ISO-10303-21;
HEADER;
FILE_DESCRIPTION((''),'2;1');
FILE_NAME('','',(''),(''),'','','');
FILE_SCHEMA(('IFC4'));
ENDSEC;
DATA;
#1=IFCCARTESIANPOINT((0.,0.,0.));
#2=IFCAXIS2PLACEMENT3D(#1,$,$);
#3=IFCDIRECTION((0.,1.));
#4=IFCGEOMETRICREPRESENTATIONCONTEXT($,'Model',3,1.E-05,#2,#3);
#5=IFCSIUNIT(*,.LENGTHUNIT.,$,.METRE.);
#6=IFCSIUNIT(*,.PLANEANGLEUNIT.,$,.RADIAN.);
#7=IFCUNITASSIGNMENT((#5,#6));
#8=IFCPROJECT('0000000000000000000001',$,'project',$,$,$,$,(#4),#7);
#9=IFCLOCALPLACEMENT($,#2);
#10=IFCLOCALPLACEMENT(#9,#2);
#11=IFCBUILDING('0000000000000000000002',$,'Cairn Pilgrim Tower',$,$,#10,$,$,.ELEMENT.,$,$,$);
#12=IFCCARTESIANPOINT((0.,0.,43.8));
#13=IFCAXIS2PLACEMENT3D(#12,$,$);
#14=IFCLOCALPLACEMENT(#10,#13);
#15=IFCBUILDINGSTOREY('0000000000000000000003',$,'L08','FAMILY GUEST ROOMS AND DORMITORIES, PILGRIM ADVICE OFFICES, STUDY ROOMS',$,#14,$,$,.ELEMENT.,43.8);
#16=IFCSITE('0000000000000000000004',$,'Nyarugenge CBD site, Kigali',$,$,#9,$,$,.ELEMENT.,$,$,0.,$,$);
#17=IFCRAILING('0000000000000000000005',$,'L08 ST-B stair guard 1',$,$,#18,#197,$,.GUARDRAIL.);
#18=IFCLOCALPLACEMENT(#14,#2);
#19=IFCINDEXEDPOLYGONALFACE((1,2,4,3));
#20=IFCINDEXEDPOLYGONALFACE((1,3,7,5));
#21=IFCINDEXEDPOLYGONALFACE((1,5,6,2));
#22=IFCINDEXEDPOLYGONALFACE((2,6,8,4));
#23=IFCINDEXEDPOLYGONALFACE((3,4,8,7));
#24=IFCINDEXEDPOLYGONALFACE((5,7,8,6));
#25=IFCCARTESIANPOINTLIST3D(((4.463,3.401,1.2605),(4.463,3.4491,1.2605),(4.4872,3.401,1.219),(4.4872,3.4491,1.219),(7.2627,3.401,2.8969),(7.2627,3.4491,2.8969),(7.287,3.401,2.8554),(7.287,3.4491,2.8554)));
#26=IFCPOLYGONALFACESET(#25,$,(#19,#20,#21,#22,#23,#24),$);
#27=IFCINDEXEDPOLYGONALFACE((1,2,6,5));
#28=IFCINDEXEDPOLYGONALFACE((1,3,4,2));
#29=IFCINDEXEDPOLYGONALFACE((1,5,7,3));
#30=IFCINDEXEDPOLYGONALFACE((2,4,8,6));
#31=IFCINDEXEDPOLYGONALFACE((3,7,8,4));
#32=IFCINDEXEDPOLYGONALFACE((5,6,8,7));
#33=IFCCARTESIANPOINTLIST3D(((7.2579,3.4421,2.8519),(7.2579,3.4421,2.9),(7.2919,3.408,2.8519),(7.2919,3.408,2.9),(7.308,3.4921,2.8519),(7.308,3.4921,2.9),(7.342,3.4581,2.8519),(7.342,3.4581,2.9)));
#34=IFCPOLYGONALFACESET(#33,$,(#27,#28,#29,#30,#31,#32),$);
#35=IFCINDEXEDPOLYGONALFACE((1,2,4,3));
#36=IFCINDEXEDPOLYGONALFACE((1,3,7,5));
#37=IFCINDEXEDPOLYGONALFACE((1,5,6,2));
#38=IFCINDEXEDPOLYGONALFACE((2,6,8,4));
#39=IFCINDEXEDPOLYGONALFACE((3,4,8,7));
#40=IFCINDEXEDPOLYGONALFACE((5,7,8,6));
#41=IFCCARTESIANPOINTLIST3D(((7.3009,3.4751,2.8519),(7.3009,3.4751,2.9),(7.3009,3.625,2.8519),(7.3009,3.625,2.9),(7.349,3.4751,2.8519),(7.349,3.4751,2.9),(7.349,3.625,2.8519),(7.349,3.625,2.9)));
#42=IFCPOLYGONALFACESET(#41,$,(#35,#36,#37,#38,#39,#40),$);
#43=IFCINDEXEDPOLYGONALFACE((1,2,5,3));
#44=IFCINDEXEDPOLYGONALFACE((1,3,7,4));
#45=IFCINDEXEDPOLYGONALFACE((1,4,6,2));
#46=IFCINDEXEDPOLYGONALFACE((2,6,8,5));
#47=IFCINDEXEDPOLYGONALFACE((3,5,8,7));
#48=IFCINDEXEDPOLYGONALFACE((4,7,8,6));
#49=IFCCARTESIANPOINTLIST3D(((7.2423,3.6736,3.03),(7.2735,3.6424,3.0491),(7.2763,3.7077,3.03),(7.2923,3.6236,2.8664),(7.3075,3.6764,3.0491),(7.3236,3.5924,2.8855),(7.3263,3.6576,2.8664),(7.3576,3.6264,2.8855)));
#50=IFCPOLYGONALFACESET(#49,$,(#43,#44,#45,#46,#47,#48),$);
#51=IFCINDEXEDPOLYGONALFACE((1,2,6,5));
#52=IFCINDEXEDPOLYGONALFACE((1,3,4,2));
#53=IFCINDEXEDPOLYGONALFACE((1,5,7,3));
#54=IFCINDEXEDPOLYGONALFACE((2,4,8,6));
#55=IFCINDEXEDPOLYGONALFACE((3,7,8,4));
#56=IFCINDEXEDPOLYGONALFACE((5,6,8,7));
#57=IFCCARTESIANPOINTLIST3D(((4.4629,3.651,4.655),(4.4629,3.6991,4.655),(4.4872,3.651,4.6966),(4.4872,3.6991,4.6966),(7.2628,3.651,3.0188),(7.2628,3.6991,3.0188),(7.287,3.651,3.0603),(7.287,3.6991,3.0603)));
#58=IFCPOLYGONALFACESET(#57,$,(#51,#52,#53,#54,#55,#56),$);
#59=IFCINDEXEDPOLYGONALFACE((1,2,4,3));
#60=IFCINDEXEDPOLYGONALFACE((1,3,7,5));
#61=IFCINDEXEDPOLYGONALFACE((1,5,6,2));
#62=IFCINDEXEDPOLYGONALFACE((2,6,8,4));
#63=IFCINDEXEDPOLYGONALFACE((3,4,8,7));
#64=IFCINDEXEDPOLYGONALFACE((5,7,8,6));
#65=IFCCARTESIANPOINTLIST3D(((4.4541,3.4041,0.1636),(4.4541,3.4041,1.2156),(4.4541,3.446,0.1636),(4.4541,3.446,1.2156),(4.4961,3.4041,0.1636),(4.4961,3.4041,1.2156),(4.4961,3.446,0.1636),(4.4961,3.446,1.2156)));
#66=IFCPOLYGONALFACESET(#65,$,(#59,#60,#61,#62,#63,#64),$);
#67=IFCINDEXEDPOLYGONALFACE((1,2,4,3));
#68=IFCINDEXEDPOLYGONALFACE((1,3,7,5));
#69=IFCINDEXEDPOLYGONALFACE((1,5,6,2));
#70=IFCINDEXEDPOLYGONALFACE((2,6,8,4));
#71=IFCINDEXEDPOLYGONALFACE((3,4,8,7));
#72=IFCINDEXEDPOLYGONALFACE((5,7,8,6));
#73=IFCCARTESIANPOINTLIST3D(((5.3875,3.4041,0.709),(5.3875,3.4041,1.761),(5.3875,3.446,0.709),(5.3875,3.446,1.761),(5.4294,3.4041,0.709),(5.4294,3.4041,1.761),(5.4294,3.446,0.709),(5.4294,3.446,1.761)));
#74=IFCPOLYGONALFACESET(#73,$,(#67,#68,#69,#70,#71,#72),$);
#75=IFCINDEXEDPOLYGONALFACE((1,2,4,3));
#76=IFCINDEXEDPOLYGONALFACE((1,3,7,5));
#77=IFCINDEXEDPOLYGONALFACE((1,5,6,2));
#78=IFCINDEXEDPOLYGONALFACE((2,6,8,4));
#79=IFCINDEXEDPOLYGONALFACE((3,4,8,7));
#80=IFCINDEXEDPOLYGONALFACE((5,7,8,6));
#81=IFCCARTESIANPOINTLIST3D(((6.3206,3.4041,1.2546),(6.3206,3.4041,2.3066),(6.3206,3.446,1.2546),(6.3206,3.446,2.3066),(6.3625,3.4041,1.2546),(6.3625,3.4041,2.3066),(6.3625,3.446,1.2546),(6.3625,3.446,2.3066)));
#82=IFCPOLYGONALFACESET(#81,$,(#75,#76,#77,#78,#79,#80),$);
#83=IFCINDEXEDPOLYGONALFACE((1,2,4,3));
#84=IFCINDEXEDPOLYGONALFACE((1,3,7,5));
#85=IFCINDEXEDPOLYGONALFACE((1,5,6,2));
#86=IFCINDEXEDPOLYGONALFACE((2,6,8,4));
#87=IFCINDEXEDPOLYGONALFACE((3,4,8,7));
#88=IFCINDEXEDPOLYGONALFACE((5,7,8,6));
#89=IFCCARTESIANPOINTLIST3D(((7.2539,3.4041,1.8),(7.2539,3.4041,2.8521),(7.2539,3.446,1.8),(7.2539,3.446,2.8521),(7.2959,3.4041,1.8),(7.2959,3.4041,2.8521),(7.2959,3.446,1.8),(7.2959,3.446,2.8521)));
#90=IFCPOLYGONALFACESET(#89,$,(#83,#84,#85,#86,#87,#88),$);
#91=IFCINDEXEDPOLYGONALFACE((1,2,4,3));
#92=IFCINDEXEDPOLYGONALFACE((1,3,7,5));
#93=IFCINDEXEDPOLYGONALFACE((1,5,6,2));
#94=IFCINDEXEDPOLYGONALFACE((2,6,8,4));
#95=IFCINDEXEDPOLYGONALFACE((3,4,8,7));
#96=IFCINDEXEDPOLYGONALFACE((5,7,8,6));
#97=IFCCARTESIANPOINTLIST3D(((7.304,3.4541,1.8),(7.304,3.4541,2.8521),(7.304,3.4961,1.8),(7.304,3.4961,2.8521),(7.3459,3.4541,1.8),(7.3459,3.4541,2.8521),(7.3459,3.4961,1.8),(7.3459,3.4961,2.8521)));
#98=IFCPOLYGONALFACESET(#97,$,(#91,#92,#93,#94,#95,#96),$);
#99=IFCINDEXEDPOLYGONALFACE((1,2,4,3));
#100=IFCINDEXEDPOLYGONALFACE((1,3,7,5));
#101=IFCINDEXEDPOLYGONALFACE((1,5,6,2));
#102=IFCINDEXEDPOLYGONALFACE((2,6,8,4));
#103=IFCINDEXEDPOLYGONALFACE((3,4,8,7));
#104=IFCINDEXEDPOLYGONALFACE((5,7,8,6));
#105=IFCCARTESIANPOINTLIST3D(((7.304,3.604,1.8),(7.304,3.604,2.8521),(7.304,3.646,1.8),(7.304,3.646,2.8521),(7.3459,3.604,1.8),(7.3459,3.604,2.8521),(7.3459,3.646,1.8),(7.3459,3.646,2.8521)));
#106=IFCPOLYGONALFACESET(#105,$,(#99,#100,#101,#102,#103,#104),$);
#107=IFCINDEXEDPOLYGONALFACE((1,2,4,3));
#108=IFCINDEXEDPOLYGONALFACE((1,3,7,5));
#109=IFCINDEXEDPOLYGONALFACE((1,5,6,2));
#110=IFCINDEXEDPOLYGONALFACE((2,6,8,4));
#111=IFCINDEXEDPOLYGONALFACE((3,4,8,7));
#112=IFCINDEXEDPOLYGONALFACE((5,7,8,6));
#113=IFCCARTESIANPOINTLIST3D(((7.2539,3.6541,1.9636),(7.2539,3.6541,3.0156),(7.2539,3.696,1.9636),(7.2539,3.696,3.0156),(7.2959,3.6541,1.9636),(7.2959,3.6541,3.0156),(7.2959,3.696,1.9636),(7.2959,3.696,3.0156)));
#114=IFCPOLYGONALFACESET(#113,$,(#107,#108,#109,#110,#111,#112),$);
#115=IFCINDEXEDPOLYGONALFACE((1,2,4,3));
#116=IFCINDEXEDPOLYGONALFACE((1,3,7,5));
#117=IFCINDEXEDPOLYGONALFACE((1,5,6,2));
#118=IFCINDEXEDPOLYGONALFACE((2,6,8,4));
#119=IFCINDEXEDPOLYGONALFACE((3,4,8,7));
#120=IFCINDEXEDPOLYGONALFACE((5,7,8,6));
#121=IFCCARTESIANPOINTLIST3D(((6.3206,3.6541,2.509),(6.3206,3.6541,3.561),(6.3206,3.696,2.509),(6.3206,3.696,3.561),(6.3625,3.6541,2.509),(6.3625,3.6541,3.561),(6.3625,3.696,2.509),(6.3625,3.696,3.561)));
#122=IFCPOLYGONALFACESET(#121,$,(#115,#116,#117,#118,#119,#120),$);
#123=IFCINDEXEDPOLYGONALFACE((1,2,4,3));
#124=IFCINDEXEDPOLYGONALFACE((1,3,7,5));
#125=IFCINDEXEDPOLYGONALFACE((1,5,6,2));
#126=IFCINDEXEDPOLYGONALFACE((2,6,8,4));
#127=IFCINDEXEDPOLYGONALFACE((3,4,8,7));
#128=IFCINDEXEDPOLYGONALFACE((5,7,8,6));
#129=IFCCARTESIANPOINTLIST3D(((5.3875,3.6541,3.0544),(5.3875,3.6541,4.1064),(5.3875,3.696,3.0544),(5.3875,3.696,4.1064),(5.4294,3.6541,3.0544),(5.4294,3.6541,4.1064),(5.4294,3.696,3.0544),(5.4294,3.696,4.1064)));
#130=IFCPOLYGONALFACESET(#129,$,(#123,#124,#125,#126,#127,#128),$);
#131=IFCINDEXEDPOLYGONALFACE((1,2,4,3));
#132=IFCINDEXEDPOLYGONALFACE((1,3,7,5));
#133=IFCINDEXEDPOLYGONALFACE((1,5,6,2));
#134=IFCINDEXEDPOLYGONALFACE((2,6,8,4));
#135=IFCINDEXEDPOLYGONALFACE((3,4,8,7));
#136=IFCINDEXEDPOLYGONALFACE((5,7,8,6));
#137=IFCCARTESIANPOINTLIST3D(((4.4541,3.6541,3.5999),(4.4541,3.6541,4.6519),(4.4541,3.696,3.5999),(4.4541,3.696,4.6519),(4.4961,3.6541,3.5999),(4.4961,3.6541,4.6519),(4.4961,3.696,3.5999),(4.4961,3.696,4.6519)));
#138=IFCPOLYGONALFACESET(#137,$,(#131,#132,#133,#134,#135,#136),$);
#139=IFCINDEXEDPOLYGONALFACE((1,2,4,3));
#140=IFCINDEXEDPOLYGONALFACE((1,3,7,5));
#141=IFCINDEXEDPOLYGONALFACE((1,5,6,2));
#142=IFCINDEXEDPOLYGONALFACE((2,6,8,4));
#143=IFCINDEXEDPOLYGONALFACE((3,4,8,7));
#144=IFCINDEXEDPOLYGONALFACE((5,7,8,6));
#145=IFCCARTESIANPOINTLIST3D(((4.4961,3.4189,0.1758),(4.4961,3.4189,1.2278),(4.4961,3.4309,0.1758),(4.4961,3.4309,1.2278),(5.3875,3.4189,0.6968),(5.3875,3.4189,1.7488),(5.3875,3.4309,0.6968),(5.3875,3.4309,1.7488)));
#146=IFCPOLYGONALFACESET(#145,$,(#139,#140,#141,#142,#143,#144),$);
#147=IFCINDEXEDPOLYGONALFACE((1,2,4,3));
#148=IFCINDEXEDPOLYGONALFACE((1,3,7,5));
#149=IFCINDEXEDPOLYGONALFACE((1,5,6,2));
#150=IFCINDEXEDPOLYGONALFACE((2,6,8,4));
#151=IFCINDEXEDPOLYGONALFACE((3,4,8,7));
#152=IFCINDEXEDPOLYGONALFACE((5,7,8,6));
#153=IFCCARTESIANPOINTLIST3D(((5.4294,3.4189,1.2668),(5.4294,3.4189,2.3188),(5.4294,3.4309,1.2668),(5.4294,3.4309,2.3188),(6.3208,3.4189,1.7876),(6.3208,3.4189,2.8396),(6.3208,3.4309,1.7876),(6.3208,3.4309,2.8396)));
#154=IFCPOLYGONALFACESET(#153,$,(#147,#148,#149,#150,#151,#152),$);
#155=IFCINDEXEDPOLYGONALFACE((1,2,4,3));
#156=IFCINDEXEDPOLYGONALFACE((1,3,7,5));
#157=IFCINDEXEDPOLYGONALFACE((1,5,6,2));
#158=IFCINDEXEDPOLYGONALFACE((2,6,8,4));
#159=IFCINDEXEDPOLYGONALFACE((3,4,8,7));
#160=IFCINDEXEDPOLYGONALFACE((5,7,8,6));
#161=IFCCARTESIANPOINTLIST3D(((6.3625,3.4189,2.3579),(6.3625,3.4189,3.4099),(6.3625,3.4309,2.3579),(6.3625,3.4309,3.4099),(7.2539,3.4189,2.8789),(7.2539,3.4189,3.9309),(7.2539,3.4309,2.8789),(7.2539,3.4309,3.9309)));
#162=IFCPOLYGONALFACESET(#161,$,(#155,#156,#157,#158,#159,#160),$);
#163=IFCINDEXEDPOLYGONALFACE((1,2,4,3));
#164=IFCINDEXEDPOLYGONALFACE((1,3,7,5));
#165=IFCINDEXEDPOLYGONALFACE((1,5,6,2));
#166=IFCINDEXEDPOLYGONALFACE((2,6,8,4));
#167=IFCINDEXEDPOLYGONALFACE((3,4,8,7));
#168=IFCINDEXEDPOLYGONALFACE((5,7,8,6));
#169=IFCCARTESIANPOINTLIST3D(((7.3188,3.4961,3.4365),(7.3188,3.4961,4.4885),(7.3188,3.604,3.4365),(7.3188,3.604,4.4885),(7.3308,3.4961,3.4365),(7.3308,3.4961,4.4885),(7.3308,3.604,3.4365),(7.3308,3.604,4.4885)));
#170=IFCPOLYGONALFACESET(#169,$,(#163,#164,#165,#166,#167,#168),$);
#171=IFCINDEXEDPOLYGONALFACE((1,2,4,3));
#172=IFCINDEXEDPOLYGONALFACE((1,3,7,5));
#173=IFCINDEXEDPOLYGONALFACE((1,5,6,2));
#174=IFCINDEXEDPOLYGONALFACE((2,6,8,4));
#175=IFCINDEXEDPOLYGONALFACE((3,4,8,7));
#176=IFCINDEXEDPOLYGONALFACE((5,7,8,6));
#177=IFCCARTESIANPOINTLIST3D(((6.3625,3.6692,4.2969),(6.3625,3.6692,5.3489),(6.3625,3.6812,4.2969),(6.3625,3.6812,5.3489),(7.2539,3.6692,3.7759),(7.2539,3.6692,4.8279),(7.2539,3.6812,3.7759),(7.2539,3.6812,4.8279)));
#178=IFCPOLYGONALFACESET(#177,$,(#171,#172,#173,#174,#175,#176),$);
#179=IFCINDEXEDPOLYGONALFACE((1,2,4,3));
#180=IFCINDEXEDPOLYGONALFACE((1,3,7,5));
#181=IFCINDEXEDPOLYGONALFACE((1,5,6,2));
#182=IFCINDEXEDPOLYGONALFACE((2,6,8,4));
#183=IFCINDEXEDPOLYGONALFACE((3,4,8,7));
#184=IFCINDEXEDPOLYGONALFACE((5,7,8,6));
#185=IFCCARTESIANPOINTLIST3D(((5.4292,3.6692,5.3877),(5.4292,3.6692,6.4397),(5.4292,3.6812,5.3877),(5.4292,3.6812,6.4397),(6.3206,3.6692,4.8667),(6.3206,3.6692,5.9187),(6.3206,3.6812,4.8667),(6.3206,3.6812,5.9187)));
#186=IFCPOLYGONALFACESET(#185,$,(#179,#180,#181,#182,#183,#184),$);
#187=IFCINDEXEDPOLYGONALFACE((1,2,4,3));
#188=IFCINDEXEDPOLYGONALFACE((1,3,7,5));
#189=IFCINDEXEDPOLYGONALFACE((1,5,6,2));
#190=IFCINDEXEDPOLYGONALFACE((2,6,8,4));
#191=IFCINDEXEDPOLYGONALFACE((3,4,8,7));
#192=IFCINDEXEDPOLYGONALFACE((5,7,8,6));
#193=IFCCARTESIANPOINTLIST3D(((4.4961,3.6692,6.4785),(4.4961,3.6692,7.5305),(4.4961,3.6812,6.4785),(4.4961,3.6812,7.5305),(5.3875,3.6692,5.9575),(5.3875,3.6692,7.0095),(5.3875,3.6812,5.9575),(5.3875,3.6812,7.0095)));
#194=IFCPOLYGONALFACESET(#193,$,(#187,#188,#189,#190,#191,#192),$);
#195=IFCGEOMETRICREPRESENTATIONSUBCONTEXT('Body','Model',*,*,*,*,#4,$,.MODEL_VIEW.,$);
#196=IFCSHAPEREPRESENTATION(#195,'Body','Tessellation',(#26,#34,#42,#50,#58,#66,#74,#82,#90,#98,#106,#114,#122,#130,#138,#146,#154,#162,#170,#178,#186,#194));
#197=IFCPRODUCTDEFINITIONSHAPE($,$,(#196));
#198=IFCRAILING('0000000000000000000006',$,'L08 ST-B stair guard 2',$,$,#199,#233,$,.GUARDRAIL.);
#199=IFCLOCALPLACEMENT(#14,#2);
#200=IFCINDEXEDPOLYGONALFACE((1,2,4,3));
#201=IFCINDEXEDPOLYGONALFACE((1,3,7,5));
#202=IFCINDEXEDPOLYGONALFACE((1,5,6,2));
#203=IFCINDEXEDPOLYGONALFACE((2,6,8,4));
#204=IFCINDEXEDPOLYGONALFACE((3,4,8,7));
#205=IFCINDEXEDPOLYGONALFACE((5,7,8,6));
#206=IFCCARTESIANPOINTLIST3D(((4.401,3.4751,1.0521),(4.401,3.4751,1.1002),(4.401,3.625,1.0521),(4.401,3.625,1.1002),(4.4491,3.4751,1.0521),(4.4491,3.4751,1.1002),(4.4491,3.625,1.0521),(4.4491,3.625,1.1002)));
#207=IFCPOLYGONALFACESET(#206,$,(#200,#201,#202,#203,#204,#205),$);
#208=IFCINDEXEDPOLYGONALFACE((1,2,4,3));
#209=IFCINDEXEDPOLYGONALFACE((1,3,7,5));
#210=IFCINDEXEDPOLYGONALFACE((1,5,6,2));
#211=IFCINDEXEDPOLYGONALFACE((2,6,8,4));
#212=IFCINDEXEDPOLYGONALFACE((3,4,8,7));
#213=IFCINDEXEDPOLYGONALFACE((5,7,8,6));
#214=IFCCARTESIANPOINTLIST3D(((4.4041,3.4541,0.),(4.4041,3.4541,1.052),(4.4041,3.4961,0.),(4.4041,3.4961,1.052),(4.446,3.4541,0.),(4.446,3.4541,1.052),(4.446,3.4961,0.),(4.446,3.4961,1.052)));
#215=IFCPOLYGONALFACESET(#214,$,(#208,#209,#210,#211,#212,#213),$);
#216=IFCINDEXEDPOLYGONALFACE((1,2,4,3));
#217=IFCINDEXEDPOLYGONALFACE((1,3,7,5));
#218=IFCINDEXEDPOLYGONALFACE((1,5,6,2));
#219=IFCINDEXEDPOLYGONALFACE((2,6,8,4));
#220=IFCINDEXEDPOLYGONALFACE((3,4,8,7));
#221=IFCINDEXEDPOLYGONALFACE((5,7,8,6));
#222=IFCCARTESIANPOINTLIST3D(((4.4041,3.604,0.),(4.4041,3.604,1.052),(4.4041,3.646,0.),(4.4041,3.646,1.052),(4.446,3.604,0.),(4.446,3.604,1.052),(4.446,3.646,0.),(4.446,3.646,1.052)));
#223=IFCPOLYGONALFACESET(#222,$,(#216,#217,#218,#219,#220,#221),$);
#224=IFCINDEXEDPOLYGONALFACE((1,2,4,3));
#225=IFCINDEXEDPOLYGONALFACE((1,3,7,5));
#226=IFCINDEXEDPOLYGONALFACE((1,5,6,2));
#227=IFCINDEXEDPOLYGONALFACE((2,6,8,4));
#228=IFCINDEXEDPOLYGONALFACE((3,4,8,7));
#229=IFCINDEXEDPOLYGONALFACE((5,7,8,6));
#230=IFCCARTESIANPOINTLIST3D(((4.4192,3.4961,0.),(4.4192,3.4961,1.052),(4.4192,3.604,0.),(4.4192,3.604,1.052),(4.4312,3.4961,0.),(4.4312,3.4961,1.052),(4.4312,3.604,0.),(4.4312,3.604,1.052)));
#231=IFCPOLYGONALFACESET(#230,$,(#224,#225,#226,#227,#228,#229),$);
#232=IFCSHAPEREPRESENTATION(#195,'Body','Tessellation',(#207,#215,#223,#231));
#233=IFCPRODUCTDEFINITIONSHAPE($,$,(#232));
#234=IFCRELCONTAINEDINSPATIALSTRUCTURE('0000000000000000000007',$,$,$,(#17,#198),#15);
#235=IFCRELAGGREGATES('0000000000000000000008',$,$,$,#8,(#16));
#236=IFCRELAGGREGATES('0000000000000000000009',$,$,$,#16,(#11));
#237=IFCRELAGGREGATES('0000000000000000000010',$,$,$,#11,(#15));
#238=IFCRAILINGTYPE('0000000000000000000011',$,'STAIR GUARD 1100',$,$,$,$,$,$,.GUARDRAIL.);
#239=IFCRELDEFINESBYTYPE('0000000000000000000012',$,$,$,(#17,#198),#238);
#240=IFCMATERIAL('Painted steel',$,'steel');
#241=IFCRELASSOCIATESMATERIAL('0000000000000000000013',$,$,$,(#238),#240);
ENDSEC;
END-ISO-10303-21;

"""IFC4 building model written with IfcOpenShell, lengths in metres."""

from ifc_helpers import new_model, si_unit, direction, frame, origin, origin_2d, place, context, subcontext, project, spatial, polyline, rectangle, outline, extrude, material, type_object, element, save


model = new_model("IFC4")

# Units and contexts
model_context = context("Model", 3, precision=1e-05, world=origin(), true_north=direction((0.0, 1.0)))
body_context = subcontext(model_context, "Body", "Model", "MODEL_VIEW")
ifc_project = project(units=[si_unit("LENGTHUNIT", "METRE"), si_unit("PLANEANGLEUNIT", "RADIAN")], contexts=[model_context])

# Site, building, storey
site_placement = place(None, origin())
site = spatial("IfcSite", under=ifc_project, at=site_placement, Name="Nyarugenge CBD site, Kigali", CompositionType="ELEMENT", RefElevation=0.0)
building_placement = place(site_placement, origin())
building = spatial("IfcBuilding", under=site, at=building_placement, Name="Cairn Pilgrim Tower", CompositionType="ELEMENT")
storey_placement = place(building_placement, frame((0.0, 0.0, 43.8)))
storey = spatial("IfcBuildingStorey", under=building, at=storey_placement, Name="L08", Description="FAMILY GUEST ROOMS AND DORMITORIES, PILGRIM ADVICE OFFICES, STUDY ROOMS", CompositionType="ELEMENT", Elevation=43.8)

# Shared definitions
ifc_material_1 = material(Name="Painted steel", Category="steel")

# Railings
railing_type_1 = type_object("IfcRailingType", Name="STAIR GUARD 1100", PredefinedType="GUARDRAIL", material=ifc_material_1)
railing_1_placement = place(storey_placement, frame((4.4751, 3.425, 0.1636)))
element("IfcRailing", 1, at=railing_1_placement, inside=storey, type_object=railing_type_1, Name="L08 ST-B stair guard 1", PredefinedType="GUARDRAIL", context=body_context, shape_type="SweptSolid", body=[
    extrude(rectangle(XDim=0.0481, YDim=0.0481, at=origin_2d()), frame((0.0, 0.0, 1.0762), z_axis=(0.863342, 0.0, 0.50462), x_axis=(0.0, 1.0, 0.0)), (0.0, 0.0, 1.0), 3.2429),
    extrude(rectangle(XDim=0.0481, YDim=0.0481, at=origin_2d()), frame((2.7998, 0.0, 2.7124), z_axis=(0.707107, 0.707107, 0.0), x_axis=(-0.707107, 0.707107, 0.0)), (0.0, 0.0, 1.0), 0.0708),
    extrude(rectangle(XDim=0.0481, YDim=0.0481, at=origin_2d()), frame((2.8499, 0.05, 2.7124), z_axis=(0.0, 1.0, 0.0), x_axis=(-1.0, 0.0, 0.0)), (0.0, 0.0, 1.0), 0.1499),
    extrude(rectangle(XDim=0.0481, YDim=0.0481, at=origin_2d()), frame((2.8499, 0.2, 2.7124), z_axis=(-0.280809, 0.280809, 0.917765), x_axis=(-0.707107, -0.707107, 0.0)), (0.0, 0.0, 1.0), 0.1782),
    extrude(rectangle(XDim=0.0481, YDim=0.0481, at=origin_2d()), frame((2.7998, 0.25, 2.876), z_axis=(-0.863374, 0.0, 0.504564), x_axis=(0.0, -1.0, 0.0)), (0.0, 0.0, 1.0), 3.2429),
    extrude(rectangle(XDim=0.042, YDim=0.042, at=origin_2d()), origin(), (0.0, 0.0, 1.0), 1.052),
    extrude(rectangle(XDim=0.042, YDim=0.042, at=origin_2d()), frame((0.9333, 0.0, 0.5454)), (0.0, 0.0, 1.0), 1.052),
    extrude(rectangle(XDim=0.042, YDim=0.042, at=origin_2d()), frame((1.8665, 0.0, 1.0911)), (0.0, 0.0, 1.0), 1.052),
    extrude(rectangle(XDim=0.042, YDim=0.042, at=origin_2d()), frame((2.7998, 0.0, 1.6365)), (0.0, 0.0, 1.0), 1.052),
    extrude(rectangle(XDim=0.042, YDim=0.042, at=origin_2d()), frame((2.8499, 0.05, 1.6365)), (0.0, 0.0, 1.0), 1.052),
    extrude(rectangle(XDim=0.042, YDim=0.042, at=origin_2d()), frame((2.8499, 0.2, 1.6365)), (0.0, 0.0, 1.0), 1.052),
    extrude(rectangle(XDim=0.042, YDim=0.042, at=origin_2d()), frame((2.7998, 0.25, 1.8)), (0.0, 0.0, 1.0), 1.052),
    extrude(rectangle(XDim=0.042, YDim=0.042, at=origin_2d()), frame((1.8665, 0.25, 2.3455)), (0.0, 0.0, 1.0), 1.052),
    extrude(rectangle(XDim=0.042, YDim=0.042, at=origin_2d()), frame((0.9333, 0.25, 2.8909)), (0.0, 0.0, 1.0), 1.052),
    extrude(rectangle(XDim=0.042, YDim=0.042, at=origin_2d()), frame((0.0, 0.25, 3.4363)), (0.0, 0.0, 1.0), 1.052),
    extrude(outline(polyline([(0.021, 0.0122), (0.9124, 0.5332), (0.9124, 1.5852), (0.021, 1.0642), (0.021, 0.0122)])), frame((0.0, 0.0059, 0.0), z_axis=(0.0, -1.0, 0.0), x_axis=(1.0, 0.0, 0.0)), (0.0, 0.0, 1.0), 0.012),
    extrude(outline(polyline([(0.021, 0.5579), (0.9124, 1.0786), (0.9124, 2.1306), (0.021, 1.6099), (0.021, 0.5579)])), frame((0.9333, 0.0059, 0.5454), z_axis=(0.0, -1.0, 0.0), x_axis=(1.0, 0.0, 0.0)), (0.0, 0.0, 1.0), 0.012),
    extrude(outline(polyline([(0.021, 1.1033), (0.9124, 1.6243), (0.9124, 2.6763), (0.021, 2.1553), (0.021, 1.1033)])), frame((1.8665, 0.0059, 1.0911), z_axis=(0.0, -1.0, 0.0), x_axis=(1.0, 0.0, 0.0)), (0.0, 0.0, 1.0), 0.012),
    extrude(outline(polyline([(0.021, 1.6365), (0.1289, 1.6365), (0.1289, 2.6885), (0.021, 2.6885), (0.021, 1.6365)])), frame((2.8438, 0.05, 1.6365), z_axis=(1.0, 0.0, 0.0), x_axis=(0.0, 1.0, 0.0)), (0.0, 0.0, 1.0), 0.012),
    extrude(outline(polyline([(0.021, 1.8123), (0.9124, 2.3333), (0.9124, 3.3853), (0.021, 2.8643), (0.021, 1.8123)])), frame((2.7998, 0.2441, 1.8), z_axis=(0.0, 1.0, 0.0), x_axis=(-1.0, 0.0, 0.0)), (0.0, 0.0, 1.0), 0.012),
    extrude(outline(polyline([(0.021, 2.3577), (0.9124, 2.8787), (0.9124, 3.9307), (0.021, 3.4097), (0.021, 2.3577)])), frame((1.8665, 0.2441, 2.3455), z_axis=(0.0, 1.0, 0.0), x_axis=(-1.0, 0.0, 0.0)), (0.0, 0.0, 1.0), 0.012),
    extrude(outline(polyline([(0.021, 2.9031), (0.9124, 3.4241), (0.9124, 4.4761), (0.021, 3.9551), (0.021, 2.9031)])), frame((0.9333, 0.2441, 2.8909), z_axis=(0.0, 1.0, 0.0), x_axis=(-1.0, 0.0, 0.0)), (0.0, 0.0, 1.0), 0.012),
])
railing_2_placement = place(storey_placement, frame((4.425, 3.4751, 0.0)))
element("IfcRailing", 2, at=railing_2_placement, inside=storey, type_object=railing_type_1, Name="L08 ST-B stair guard 2", PredefinedType="GUARDRAIL", context=body_context, shape_type="SweptSolid", body=[
    extrude(rectangle(XDim=0.0481, YDim=0.0481, at=origin_2d()), frame((0.0, 0.0, 1.0762), z_axis=(0.0, 1.0, 0.0), x_axis=(-1.0, 0.0, 0.0)), (0.0, 0.0, 1.0), 0.1499),
    extrude(rectangle(XDim=0.042, YDim=0.042, at=origin_2d()), origin(), (0.0, 0.0, 1.0), 1.052),
    extrude(rectangle(XDim=0.042, YDim=0.042, at=origin_2d()), frame((0.0, 0.1499, 0.0)), (0.0, 0.0, 1.0), 1.052),
    extrude(outline(polyline([(0.021, 0.0), (0.1289, 0.0), (0.1289, 1.052), (0.021, 1.052), (0.021, 0.0)])), frame((-0.0059, 0.0, 0.0), z_axis=(1.0, 0.0, 0.0), x_axis=(0.0, 1.0, 0.0)), (0.0, 0.0, 1.0), 0.012),
])

save(model, "model.ifc")
